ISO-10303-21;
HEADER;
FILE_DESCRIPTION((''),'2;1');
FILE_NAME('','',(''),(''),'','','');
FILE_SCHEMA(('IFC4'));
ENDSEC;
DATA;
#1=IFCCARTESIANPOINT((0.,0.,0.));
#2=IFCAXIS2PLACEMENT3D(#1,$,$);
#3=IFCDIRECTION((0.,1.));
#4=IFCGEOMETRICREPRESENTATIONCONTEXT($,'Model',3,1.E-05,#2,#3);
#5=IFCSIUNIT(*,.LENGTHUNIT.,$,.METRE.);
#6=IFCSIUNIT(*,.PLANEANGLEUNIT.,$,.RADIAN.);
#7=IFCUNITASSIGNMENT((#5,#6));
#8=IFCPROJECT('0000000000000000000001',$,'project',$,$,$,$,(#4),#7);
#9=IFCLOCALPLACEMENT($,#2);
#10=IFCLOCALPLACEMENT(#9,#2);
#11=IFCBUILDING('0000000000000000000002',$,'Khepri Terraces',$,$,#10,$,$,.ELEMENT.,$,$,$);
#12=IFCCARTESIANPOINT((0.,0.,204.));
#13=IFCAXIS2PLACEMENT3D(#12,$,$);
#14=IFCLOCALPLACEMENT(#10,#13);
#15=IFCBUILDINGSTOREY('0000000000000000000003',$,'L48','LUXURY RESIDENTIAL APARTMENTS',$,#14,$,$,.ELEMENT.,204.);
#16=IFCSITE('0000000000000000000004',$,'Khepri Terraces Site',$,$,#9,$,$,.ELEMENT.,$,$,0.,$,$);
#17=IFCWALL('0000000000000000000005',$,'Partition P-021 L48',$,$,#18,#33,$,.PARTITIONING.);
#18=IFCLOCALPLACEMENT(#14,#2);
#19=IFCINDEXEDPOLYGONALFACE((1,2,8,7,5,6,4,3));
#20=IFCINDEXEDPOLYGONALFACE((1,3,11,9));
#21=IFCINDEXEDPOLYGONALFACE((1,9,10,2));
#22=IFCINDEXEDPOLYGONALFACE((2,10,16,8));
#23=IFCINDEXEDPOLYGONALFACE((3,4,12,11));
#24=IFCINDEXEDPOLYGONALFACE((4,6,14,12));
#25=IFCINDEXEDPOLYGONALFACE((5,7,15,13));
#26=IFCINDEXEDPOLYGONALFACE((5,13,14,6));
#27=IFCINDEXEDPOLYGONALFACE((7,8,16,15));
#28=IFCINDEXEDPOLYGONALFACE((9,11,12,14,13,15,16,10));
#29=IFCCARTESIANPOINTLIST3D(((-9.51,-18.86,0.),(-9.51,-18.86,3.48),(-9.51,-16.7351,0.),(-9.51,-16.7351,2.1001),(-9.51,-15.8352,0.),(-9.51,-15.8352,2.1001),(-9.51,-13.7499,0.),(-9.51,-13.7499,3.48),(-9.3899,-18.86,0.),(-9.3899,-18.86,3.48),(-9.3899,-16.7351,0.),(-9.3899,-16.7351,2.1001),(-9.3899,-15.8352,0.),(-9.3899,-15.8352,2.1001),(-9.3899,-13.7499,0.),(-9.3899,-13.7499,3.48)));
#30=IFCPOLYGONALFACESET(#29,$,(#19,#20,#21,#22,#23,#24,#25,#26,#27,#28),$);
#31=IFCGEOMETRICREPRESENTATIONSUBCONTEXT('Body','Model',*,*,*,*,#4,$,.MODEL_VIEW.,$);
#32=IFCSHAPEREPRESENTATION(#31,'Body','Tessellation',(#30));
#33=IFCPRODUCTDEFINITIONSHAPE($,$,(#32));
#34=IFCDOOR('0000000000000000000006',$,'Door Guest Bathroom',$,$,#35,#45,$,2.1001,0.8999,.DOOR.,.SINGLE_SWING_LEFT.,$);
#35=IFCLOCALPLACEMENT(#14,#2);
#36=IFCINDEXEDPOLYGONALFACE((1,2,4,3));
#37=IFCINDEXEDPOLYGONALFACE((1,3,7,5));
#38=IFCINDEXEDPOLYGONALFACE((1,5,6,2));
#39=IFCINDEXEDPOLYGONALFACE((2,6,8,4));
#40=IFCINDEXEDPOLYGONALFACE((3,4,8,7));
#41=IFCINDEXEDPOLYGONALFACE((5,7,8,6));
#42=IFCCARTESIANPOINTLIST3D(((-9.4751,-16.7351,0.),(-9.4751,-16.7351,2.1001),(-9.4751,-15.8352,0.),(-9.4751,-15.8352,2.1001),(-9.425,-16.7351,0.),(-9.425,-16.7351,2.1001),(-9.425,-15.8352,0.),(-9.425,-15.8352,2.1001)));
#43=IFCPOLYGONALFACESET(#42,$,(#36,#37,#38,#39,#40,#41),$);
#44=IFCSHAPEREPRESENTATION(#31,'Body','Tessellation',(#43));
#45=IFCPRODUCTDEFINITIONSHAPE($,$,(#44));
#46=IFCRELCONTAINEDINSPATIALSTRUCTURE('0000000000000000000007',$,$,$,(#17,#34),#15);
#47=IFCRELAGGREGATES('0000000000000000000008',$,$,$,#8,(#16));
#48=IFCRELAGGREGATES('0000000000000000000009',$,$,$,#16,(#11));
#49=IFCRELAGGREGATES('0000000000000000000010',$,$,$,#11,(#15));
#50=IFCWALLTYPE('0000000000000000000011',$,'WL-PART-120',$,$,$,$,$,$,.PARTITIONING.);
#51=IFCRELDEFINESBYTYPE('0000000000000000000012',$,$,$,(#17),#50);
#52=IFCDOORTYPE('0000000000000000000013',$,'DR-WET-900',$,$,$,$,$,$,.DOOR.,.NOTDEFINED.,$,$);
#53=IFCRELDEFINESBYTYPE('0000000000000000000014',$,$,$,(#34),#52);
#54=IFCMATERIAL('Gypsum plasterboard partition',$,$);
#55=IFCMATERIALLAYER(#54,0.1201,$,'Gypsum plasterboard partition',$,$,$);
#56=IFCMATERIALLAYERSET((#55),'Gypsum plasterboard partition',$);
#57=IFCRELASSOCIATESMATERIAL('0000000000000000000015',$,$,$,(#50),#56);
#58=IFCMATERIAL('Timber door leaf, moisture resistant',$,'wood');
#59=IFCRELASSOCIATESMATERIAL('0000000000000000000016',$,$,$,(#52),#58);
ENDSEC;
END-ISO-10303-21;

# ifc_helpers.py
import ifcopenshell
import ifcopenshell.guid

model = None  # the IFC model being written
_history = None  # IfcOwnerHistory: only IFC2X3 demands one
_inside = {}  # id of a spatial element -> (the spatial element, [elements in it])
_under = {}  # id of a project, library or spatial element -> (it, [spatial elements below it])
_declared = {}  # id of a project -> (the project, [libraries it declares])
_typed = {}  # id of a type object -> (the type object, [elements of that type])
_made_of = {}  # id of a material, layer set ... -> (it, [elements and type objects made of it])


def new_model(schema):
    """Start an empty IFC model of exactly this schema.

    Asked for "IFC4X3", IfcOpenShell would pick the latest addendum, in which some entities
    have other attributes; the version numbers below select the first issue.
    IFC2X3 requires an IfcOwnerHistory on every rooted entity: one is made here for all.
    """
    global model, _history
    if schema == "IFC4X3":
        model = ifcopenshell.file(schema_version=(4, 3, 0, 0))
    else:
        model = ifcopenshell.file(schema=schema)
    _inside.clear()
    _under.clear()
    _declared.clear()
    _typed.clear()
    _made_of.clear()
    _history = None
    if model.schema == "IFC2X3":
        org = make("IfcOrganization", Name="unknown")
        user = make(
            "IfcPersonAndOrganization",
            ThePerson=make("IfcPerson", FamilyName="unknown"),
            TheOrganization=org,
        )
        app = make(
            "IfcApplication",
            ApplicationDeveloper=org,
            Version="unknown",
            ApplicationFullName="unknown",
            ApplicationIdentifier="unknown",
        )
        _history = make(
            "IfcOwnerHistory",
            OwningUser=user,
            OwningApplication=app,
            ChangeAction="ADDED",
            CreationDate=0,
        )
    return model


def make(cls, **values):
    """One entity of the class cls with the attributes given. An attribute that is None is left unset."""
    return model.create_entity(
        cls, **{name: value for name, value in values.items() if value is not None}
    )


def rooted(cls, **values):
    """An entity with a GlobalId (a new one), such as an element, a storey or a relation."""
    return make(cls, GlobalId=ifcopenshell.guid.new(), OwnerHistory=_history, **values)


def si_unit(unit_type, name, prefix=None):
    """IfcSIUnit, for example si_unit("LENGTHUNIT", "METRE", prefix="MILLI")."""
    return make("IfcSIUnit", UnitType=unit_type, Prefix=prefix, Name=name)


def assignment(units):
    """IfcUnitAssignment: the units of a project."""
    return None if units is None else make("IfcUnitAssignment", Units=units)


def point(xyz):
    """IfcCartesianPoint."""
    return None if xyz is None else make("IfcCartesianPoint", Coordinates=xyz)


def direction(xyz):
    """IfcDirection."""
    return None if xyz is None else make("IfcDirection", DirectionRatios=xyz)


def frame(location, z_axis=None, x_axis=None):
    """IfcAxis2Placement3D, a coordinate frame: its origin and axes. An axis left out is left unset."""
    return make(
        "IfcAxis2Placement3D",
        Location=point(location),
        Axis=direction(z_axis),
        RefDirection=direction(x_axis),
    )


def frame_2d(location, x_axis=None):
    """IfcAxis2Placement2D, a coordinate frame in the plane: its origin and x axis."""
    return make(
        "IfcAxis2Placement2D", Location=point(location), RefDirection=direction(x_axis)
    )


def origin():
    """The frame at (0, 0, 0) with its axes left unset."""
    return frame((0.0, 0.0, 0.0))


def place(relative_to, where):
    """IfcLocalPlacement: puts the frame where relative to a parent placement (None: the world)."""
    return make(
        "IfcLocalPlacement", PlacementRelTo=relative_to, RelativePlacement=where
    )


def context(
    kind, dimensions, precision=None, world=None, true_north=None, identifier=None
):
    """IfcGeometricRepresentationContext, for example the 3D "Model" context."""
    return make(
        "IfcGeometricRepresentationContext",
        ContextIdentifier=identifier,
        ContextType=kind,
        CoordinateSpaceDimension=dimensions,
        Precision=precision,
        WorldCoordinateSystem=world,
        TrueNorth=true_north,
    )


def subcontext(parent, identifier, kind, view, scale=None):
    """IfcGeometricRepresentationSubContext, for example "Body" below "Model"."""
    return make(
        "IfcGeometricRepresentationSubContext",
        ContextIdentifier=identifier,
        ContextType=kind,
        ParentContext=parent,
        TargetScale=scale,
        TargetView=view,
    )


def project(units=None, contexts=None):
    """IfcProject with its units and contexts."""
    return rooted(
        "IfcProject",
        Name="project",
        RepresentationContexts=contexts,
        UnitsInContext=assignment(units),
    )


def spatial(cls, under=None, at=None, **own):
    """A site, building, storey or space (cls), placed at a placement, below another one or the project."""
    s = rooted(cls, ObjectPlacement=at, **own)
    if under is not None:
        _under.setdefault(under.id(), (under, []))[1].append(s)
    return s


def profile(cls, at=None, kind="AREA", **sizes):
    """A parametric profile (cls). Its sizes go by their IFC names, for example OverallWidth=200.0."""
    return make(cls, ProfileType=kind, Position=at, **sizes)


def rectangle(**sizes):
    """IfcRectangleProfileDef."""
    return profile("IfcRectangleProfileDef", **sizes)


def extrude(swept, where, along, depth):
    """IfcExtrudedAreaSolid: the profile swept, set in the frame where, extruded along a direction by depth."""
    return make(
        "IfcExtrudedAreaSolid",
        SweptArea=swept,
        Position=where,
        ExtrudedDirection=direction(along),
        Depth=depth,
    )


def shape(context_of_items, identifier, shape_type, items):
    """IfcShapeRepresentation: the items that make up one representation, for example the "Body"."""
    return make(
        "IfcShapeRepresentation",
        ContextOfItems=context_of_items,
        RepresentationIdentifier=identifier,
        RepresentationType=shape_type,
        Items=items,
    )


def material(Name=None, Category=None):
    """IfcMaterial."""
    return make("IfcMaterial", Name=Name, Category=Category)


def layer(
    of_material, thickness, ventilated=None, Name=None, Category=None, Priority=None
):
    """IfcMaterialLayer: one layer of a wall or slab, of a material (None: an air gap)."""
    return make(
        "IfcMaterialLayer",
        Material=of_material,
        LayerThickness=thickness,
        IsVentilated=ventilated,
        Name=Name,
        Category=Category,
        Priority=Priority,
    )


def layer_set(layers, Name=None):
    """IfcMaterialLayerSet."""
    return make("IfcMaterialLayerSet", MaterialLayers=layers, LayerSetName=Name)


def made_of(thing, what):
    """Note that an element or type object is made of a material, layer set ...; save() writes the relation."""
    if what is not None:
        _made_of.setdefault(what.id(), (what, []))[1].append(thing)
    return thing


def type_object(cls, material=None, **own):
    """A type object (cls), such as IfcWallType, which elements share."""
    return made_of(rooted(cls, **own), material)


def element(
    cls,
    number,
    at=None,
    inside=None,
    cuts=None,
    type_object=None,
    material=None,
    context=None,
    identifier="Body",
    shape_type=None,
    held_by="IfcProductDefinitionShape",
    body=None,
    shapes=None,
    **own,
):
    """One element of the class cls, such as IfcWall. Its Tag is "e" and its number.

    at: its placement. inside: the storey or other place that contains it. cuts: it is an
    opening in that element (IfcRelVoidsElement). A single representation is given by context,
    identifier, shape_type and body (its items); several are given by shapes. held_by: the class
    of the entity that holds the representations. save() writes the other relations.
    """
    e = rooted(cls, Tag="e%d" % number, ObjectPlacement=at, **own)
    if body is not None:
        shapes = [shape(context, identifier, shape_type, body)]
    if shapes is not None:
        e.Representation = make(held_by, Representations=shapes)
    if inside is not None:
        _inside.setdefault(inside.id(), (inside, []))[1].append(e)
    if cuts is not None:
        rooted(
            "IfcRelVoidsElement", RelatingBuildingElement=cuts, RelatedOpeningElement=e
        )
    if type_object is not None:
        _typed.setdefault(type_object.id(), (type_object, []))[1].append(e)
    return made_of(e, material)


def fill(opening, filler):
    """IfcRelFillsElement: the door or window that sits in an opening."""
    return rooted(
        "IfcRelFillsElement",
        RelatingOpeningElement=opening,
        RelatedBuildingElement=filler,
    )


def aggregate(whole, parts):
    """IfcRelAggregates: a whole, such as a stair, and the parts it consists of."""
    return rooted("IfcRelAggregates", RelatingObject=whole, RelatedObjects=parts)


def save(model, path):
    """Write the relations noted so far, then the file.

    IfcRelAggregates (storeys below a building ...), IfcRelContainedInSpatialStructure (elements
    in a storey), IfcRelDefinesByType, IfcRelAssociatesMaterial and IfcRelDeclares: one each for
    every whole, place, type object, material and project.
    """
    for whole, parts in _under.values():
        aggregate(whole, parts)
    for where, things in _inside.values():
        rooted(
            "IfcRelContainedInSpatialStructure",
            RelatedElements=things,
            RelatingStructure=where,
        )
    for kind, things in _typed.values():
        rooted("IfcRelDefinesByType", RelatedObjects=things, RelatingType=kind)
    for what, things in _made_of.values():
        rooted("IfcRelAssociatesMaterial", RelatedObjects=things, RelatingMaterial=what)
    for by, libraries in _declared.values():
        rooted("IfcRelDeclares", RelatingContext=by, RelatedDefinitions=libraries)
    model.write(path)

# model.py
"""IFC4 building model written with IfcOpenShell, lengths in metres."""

from ifc_helpers import new_model, si_unit, direction, frame, frame_2d, origin, place, context, subcontext, project, spatial, rectangle, extrude, material, layer, layer_set, type_object, element, fill, save


model = new_model("IFC4")

# Units and contexts
model_context = context("Model", 3, precision=1e-05, world=origin(), true_north=direction((0.0, 1.0)))
body_context = subcontext(model_context, "Body", "Model", "MODEL_VIEW")
ifc_project = project(units=[si_unit("LENGTHUNIT", "METRE"), si_unit("PLANEANGLEUNIT", "RADIAN")], contexts=[model_context])

# Site, building, storey
site_placement = place(None, origin())
site = spatial("IfcSite", under=ifc_project, at=site_placement, Name="Khepri Terraces Site", CompositionType="ELEMENT", RefElevation=0.0)
building_placement = place(site_placement, origin())
building = spatial("IfcBuilding", under=site, at=building_placement, Name="Khepri Terraces", CompositionType="ELEMENT")
storey_placement = place(building_placement, frame((0.0, 0.0, 204.0)))
storey = spatial("IfcBuildingStorey", under=building, at=storey_placement, Name="L48", Description="LUXURY RESIDENTIAL APARTMENTS", CompositionType="ELEMENT", Elevation=204.0)

# Shared definitions
ifc_material_1 = material(Name="Gypsum plasterboard partition")
ifc_layer_1 = layer(ifc_material_1, 0.1201, Name="Gypsum plasterboard partition")
ifc_layer_set_1 = layer_set([ifc_layer_1], Name="Gypsum plasterboard partition")
wall_type_1 = type_object("IfcWallType", Name="WL-PART-120", PredefinedType="PARTITIONING", material=ifc_layer_set_1)

# Wall, opening, door
wall_1_placement = place(storey_placement, frame((-9.45, -18.8601, 0.0), z_axis=(0.0, 0.0, 1.0), x_axis=(0.0, 1.0, 0.0)))
wall_1 = element("IfcWall", 1, at=wall_1_placement, inside=storey, type_object=wall_type_1, Name="Partition P-021 L48", PredefinedType="PARTITIONING", context=body_context, shape_type="SweptSolid", body=[
    extrude(rectangle(XDim=5.1101, YDim=0.1201, at=frame_2d((2.5552, 0.0))), origin(), (0.0, 0.0, 1.0), 3.48),
])
opening_1_placement = place(wall_1_placement, frame((2.125, 0.0, 0.0)))
opening_1 = element("IfcOpeningElement", 2, at=opening_1_placement, cuts=wall_1, PredefinedType="OPENING", context=body_context, shape_type="SweptSolid", body=[
    extrude(rectangle(XDim=0.8999, YDim=2.1001, at=frame_2d((0.45, 1.05))), frame((0.0, 0.0701, 0.0), z_axis=(0.0, -1.0, 0.0), x_axis=(1.0, 0.0, 0.0)), (0.0, 0.0, 1.0), 0.1401),
])
ifc_material_2 = material(Name="Timber door leaf, moisture resistant", Category="wood")
door_type_1 = type_object("IfcDoorType", Name="DR-WET-900", OperationType="NOTDEFINED", PredefinedType="DOOR", material=ifc_material_2)
door_1_placement = place(opening_1_placement, frame((0.8999, 0.0, 0.0), z_axis=(0.0, 0.0, 1.0), x_axis=(-1.0, 0.0, 0.0)))
door_1 = element("IfcDoor", 3, at=door_1_placement, inside=storey, type_object=door_type_1, Name="Door Guest Bathroom", OperationType="SINGLE_SWING_LEFT", OverallHeight=2.1001, OverallWidth=0.8999, PredefinedType="DOOR", context=body_context, shape_type="SweptSolid", body=[
    extrude(rectangle(XDim=0.8999, YDim=2.1001, at=frame_2d((0.45, 1.05))), frame((0.0, 0.0249, 0.0), z_axis=(0.0, -1.0, 0.0), x_axis=(1.0, 0.0, 0.0)), (0.0, 0.0, 1.0), 0.05),
])
fill(opening_1, door_1)

save(model, "model.ifc")
